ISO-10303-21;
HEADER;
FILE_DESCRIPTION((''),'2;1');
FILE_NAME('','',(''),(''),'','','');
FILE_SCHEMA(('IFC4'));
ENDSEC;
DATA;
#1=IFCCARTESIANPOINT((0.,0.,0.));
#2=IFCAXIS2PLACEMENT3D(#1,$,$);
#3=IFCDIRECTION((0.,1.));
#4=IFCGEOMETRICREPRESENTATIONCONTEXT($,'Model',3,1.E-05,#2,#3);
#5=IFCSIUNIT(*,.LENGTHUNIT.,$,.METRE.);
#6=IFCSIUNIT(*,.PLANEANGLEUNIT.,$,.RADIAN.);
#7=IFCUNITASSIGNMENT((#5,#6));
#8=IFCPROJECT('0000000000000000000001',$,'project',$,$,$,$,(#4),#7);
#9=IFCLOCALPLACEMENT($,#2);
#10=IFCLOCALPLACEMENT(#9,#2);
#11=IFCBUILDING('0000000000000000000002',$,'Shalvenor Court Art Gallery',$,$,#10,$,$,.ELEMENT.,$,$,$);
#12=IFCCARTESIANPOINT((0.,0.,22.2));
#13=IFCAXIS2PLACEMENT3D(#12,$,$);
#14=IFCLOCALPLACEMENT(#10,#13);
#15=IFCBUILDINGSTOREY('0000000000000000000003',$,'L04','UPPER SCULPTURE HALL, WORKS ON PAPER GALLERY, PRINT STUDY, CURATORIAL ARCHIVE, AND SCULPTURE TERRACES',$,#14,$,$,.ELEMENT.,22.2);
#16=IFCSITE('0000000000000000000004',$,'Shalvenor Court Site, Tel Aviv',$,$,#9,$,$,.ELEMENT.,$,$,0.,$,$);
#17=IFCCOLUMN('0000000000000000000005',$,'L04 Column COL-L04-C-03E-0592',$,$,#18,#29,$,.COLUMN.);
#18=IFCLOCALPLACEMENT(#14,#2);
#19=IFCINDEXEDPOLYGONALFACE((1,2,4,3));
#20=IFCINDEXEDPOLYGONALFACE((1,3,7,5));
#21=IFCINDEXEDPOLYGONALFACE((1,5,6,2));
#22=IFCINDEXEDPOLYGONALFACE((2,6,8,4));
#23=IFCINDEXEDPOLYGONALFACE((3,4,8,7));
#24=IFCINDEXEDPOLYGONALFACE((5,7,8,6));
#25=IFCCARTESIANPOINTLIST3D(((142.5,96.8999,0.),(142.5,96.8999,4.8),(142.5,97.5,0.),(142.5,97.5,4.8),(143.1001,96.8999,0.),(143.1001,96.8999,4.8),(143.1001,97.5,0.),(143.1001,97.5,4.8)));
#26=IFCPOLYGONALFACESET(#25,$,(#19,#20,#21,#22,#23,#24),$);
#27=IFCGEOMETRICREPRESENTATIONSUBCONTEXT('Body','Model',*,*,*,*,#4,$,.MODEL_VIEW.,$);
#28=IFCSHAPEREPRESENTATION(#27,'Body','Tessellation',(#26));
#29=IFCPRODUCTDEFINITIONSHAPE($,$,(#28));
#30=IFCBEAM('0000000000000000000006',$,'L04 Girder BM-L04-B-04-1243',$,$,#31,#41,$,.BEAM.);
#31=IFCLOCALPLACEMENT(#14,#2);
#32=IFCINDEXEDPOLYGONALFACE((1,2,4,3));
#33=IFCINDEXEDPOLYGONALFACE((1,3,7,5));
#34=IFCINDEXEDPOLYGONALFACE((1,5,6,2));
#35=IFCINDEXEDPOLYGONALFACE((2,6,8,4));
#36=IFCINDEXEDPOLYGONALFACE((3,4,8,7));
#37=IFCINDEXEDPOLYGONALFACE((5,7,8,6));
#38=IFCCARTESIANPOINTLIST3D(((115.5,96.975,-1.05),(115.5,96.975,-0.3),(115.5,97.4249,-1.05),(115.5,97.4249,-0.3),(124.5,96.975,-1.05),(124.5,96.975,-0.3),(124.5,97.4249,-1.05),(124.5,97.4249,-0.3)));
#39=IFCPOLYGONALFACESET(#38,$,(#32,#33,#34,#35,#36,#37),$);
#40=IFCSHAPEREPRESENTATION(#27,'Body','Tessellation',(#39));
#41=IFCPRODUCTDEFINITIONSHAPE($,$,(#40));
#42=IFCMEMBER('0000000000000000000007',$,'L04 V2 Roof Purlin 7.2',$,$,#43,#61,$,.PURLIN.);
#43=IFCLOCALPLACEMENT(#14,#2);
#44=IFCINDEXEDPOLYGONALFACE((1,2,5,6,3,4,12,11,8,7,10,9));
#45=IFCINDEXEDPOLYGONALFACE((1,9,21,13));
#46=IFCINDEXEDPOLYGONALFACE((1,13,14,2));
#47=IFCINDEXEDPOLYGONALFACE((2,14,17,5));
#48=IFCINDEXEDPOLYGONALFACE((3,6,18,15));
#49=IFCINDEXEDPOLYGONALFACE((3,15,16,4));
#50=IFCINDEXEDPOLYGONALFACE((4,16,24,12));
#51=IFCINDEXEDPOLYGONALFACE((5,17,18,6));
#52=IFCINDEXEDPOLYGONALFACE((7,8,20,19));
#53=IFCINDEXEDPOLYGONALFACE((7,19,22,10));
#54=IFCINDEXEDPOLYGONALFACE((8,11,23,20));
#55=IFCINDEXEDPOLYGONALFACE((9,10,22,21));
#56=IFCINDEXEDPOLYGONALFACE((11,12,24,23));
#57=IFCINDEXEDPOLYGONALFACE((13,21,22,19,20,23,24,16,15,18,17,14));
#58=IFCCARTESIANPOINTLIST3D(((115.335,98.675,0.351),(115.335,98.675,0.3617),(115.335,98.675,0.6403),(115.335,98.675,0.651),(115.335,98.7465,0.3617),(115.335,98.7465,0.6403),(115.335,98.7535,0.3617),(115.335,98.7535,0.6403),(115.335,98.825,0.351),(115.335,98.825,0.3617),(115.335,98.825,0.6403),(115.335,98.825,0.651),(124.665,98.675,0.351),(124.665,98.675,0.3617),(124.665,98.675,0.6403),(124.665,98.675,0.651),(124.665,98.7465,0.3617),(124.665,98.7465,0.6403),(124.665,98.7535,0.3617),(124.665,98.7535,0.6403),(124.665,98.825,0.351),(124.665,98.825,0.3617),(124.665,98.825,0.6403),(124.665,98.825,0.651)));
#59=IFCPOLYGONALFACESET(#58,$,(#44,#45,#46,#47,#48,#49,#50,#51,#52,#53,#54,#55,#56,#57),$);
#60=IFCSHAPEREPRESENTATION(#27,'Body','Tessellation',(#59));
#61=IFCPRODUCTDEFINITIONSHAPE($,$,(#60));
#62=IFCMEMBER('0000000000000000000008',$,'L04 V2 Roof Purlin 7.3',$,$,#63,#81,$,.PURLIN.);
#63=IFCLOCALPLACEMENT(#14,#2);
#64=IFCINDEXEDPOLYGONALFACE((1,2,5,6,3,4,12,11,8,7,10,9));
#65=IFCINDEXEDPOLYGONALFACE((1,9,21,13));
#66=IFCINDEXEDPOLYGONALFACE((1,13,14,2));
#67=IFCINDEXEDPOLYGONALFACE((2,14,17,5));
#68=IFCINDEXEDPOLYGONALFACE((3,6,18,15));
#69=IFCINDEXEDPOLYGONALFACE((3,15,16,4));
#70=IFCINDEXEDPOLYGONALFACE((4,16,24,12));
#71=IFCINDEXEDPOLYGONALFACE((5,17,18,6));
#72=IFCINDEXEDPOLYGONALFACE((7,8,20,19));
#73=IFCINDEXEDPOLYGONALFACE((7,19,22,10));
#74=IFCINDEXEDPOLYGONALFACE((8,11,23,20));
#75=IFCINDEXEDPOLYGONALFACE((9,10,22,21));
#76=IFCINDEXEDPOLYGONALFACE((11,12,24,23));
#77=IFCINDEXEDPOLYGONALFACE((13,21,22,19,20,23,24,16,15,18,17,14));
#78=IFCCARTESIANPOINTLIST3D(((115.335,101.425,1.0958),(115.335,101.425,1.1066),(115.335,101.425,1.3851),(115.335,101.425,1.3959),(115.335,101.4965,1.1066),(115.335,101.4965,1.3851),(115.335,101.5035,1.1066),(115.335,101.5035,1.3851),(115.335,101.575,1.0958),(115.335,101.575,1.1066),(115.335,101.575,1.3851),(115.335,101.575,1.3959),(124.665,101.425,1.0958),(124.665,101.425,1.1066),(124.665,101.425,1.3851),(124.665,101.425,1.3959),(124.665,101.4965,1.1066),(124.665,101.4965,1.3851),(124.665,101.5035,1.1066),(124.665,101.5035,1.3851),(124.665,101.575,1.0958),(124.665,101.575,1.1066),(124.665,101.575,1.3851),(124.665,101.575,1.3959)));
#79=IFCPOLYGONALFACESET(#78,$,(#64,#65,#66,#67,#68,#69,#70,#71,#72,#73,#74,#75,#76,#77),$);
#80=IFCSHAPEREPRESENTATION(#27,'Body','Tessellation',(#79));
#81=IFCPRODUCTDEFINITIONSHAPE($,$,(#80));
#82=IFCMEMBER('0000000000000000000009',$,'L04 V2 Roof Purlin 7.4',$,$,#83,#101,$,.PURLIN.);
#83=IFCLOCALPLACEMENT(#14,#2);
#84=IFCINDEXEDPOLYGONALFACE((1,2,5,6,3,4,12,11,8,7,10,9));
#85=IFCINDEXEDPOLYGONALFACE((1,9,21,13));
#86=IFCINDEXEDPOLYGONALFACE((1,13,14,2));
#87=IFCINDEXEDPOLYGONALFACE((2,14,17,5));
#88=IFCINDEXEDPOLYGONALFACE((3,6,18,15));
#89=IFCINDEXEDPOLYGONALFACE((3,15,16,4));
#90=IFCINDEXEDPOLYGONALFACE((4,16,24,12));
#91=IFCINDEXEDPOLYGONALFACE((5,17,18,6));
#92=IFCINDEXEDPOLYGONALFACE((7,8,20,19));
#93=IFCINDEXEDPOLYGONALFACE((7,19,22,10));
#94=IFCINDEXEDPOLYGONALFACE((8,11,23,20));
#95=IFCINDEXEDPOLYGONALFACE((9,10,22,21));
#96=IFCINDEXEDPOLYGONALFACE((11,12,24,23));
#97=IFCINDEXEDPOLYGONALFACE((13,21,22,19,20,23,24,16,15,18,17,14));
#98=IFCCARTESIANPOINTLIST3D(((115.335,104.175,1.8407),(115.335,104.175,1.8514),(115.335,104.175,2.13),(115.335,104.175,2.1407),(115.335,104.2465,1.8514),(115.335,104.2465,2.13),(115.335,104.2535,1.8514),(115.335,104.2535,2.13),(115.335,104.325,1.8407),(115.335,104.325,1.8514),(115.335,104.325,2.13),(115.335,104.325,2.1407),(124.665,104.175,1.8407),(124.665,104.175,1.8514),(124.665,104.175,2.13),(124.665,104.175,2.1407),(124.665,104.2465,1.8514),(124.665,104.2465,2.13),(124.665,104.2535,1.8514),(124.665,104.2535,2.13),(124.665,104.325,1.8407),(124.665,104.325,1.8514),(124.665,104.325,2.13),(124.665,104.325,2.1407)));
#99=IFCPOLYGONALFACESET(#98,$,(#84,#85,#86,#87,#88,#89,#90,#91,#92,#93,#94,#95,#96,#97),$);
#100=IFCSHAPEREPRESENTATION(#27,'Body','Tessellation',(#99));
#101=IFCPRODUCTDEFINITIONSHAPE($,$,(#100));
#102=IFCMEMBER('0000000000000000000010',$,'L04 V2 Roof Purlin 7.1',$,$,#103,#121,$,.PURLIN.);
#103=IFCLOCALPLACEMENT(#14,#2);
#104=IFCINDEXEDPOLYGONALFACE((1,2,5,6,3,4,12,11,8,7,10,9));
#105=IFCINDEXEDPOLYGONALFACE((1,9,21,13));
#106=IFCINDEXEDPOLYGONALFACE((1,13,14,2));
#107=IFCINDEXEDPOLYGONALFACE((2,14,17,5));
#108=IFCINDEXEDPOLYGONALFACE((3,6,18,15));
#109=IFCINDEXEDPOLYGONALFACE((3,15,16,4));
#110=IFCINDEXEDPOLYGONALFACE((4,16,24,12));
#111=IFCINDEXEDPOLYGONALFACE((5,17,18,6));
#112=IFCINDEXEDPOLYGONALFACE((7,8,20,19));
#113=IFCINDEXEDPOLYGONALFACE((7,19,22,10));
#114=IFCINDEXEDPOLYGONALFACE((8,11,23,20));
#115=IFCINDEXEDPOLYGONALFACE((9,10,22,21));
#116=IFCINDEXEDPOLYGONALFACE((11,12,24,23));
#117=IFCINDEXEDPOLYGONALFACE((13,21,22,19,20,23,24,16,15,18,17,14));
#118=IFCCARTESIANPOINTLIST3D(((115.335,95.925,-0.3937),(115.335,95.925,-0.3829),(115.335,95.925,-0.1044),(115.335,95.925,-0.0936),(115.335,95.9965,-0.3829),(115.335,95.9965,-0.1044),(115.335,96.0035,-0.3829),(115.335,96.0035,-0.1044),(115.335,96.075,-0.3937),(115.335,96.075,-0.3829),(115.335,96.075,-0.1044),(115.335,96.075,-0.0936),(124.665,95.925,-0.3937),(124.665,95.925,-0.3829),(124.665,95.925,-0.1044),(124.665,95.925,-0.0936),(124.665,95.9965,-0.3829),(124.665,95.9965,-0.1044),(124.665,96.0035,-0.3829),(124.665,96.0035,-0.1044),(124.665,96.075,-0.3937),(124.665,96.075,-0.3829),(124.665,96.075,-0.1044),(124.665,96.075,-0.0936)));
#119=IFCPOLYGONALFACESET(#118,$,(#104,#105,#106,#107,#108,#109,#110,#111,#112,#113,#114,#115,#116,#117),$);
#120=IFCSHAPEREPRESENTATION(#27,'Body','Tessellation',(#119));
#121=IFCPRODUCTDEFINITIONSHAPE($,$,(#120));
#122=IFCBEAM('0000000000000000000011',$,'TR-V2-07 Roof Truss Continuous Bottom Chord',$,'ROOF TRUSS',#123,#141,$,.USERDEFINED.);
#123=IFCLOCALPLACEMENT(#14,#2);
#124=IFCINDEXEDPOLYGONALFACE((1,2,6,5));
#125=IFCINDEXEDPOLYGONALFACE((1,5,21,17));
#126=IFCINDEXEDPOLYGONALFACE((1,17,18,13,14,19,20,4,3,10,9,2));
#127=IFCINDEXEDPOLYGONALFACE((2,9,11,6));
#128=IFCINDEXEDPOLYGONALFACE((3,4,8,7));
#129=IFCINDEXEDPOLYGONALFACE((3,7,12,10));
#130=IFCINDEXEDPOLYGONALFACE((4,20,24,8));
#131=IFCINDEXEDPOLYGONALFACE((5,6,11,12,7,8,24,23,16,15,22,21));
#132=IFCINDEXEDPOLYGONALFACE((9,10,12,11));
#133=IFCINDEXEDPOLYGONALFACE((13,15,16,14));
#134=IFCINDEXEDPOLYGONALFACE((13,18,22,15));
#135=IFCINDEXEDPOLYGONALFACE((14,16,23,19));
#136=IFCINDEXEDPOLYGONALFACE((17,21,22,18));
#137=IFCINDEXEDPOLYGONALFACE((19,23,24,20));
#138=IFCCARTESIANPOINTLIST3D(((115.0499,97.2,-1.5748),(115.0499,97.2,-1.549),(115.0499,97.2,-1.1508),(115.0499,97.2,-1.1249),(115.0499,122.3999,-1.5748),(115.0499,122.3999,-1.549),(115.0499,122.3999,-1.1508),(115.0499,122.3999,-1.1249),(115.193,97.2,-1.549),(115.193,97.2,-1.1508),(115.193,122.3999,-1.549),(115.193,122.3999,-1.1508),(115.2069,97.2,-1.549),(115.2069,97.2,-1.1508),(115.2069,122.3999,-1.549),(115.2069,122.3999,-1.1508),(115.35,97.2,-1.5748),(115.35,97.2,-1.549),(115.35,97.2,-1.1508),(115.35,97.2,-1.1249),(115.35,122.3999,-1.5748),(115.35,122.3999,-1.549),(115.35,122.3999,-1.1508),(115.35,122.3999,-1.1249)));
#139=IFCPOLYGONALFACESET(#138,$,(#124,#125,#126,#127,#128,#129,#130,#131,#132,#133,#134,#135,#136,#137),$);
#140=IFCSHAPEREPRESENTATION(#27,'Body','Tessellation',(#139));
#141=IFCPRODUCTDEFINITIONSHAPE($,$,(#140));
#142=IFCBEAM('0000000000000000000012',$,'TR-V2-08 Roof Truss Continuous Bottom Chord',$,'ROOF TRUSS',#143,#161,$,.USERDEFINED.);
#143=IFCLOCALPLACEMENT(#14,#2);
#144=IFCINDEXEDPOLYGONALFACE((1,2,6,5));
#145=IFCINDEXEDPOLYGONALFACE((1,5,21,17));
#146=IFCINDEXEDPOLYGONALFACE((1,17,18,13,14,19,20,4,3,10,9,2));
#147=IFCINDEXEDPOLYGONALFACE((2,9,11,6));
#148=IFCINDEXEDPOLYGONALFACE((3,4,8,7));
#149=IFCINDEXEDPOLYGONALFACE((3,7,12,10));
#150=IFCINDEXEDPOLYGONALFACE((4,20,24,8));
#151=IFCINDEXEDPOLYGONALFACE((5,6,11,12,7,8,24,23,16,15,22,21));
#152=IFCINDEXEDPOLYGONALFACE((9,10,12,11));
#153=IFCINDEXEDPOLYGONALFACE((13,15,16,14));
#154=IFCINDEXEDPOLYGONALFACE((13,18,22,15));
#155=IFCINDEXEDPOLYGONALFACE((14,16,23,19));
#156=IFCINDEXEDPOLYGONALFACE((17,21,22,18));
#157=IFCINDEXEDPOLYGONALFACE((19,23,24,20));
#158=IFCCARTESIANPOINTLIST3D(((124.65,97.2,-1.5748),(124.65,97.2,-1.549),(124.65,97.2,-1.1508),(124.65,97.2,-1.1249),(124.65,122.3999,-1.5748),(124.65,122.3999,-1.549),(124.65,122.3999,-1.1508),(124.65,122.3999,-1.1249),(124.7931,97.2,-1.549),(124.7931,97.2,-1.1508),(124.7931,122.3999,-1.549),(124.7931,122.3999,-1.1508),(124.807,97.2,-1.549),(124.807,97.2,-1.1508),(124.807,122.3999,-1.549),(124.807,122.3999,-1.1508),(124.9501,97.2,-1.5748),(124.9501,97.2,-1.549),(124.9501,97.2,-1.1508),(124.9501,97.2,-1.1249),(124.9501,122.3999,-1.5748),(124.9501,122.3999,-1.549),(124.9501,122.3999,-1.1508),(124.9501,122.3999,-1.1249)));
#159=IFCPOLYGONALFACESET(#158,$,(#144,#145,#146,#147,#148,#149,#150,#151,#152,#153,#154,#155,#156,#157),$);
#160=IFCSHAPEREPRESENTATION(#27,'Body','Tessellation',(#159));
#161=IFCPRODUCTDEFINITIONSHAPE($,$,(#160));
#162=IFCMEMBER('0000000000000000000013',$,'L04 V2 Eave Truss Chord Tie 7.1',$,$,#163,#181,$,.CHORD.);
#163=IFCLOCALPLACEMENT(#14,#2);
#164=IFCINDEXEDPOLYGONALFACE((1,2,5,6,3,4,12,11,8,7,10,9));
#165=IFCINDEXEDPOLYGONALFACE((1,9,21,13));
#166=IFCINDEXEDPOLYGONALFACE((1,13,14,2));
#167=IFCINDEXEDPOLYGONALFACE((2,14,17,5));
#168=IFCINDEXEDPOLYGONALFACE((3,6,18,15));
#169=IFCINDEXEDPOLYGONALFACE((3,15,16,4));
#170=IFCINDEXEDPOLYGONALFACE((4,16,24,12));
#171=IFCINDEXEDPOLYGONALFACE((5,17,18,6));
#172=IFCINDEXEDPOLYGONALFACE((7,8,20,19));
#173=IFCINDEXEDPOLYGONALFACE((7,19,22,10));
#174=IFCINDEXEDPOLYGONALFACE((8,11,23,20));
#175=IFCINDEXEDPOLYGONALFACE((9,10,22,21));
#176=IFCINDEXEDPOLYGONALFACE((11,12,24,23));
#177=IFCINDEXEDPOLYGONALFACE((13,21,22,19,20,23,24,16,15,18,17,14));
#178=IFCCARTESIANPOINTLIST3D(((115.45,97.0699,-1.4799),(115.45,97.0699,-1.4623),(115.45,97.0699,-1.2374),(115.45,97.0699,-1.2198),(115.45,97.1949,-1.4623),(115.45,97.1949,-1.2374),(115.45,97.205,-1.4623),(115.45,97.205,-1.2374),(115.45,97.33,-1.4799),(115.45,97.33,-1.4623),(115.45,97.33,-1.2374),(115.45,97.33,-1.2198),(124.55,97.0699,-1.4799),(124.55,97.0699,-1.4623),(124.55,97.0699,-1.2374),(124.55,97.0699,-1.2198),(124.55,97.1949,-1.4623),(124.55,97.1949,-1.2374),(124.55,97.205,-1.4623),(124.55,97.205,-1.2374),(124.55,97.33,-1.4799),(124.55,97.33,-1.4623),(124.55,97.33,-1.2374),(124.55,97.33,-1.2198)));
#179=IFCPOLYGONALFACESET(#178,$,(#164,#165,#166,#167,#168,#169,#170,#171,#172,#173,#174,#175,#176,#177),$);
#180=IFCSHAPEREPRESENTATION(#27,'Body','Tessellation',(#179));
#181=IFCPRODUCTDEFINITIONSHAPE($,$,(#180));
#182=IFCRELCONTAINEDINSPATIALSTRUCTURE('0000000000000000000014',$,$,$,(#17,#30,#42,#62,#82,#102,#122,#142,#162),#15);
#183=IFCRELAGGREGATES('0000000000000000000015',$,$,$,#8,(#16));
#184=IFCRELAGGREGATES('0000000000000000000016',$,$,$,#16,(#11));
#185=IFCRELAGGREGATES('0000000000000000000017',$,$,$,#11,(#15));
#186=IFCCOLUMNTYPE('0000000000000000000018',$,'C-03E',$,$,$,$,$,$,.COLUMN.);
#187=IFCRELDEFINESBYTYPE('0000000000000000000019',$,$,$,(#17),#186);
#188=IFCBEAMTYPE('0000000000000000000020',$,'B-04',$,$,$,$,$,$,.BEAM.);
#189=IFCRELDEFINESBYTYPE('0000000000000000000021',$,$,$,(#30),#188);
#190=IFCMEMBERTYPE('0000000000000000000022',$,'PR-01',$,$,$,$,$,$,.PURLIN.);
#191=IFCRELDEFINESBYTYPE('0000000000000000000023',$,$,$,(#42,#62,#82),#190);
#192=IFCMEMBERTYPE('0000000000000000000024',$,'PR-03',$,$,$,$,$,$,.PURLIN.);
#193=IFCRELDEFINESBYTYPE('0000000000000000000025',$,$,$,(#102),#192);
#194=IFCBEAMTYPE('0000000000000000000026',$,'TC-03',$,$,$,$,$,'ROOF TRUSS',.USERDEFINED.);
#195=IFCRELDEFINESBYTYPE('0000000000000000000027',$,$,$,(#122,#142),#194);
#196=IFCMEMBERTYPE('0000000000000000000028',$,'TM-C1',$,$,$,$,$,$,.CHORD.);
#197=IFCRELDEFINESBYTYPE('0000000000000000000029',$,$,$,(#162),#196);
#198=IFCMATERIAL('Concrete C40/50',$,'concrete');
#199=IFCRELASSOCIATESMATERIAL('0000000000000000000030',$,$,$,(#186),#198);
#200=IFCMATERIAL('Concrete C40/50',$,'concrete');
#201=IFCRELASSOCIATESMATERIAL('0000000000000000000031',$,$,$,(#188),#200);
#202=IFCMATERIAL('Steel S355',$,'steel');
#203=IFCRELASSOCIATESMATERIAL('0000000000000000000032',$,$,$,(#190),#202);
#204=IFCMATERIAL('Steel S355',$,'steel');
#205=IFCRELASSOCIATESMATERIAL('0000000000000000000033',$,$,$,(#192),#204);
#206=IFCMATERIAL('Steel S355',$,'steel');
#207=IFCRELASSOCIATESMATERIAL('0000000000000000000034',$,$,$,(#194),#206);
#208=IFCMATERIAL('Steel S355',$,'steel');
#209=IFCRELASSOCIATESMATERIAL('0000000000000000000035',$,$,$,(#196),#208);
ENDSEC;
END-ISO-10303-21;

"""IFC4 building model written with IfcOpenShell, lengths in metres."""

from ifc_helpers import new_model, si_unit, direction, frame, origin, origin_2d, place, context, subcontext, project, spatial, rectangle, i_section, extrude, material, material_profile, profile_set, type_object, element, save


model = new_model("IFC4")

# Units and contexts
model_context = context("Model", 3, precision=1e-05, world=origin(), true_north=direction((0.0, 1.0)))
body_context = subcontext(model_context, "Body", "Model", "MODEL_VIEW")
ifc_project = project(units=[si_unit("LENGTHUNIT", "METRE"), si_unit("PLANEANGLEUNIT", "RADIAN")], contexts=[model_context])

# Site, building, storey
site_placement = place(None, origin())
site = spatial("IfcSite", under=ifc_project, at=site_placement, Name="Shalvenor Court Site, Tel Aviv", CompositionType="ELEMENT", RefElevation=0.0)
building_placement = place(site_placement, origin())
building = spatial("IfcBuilding", under=site, at=building_placement, Name="Shalvenor Court Art Gallery", CompositionType="ELEMENT")
storey_placement = place(building_placement, frame((0.0, 0.0, 22.2)))
storey = spatial("IfcBuildingStorey", under=building, at=storey_placement, Name="L04", Description="UPPER SCULPTURE HALL, WORKS ON PAPER GALLERY, PRINT STUDY, CURATORIAL ARCHIVE, AND SCULPTURE TERRACES", CompositionType="ELEMENT", Elevation=22.2)

# Column
ifc_material_1 = material(Name="Concrete C40/50", Category="concrete")
ifc_material_profile_1 = material_profile(ifc_material_1, rectangle(XDim=0.6001, YDim=0.6001, at=origin_2d()), Name="RC 600x600")
ifc_profile_set_1 = profile_set([ifc_material_profile_1], Name="Concrete C40/50")
column_type = type_object("IfcColumnType", Name="C-03E", PredefinedType="COLUMN", material=ifc_profile_set_1)
column_placement = place(storey_placement, frame((142.8, 97.2, 0.0), z_axis=(0.0, 0.0, 1.0), x_axis=(1.0, 0.0, 0.0)))
element("IfcColumn", 1, at=column_placement, inside=storey, type_object=column_type, Name="L04 Column COL-L04-C-03E-0592", PredefinedType="COLUMN", context=body_context, shape_type="SweptSolid", body=[
    extrude(rectangle(XDim=0.6001, YDim=0.6001, at=origin_2d()), origin(), (0.0, 0.0, 1.0), 4.8),
])

# Beam
ifc_material_2 = material(Name="Concrete C40/50", Category="concrete")
ifc_material_profile_2 = material_profile(ifc_material_2, rectangle(XDim=0.45, YDim=0.75, at=origin_2d()), Name="RC 450x750")
ifc_profile_set_2 = profile_set([ifc_material_profile_2], Name="Concrete C40/50")
beam_type_1 = type_object("IfcBeamType", Name="B-04", PredefinedType="BEAM", material=ifc_profile_set_2)
beam_placement = place(storey_placement, frame((115.5, 97.2, -0.675), z_axis=(1.0, 0.0, 0.0), x_axis=(0.0, 1.0, 0.0)))
element("IfcBeam", 2, at=beam_placement, inside=storey, type_object=beam_type_1, Name="L04 Girder BM-L04-B-04-1243", PredefinedType="BEAM", context=body_context, shape_type="SweptSolid", body=[
    extrude(rectangle(XDim=0.45, YDim=0.75, at=origin_2d()), origin(), (0.0, 0.0, 1.0), 9.0),
])

# Members
ifc_material_3 = material(Name="Steel S355", Category="steel")
ifc_material_profile_3 = material_profile(ifc_material_3, i_section(OverallWidth=0.1499, OverallDepth=0.3, WebThickness=0.0071, FlangeThickness=0.0107, at=origin_2d()), Name="IPE 300")
ifc_profile_set_3 = profile_set([ifc_material_profile_3], Name="Steel S355")
member_type_1 = type_object("IfcMemberType", Name="PR-01", PredefinedType="PURLIN", material=ifc_profile_set_3)
for number, where, z_axis, x_axis, name in (
    (3, (115.335, 98.75, 0.501), (1.0, 0.0, 0.0), (0.0, 1.0, 0.0), "L04 V2 Roof Purlin 7.2"),
    (4, (115.335, 101.5, 1.2458), (1.0, 0.0, 0.0), (0.0, 1.0, 0.0), "L04 V2 Roof Purlin 7.3"),
    (5, (115.335, 104.25, 1.9907), (1.0, 0.0, 0.0), (0.0, 1.0, 0.0), "L04 V2 Roof Purlin 7.4"),
):
    element("IfcMember", number, at=place(storey_placement, frame(where, z_axis=z_axis, x_axis=x_axis)), inside=storey, type_object=member_type_1, Name=name, PredefinedType="PURLIN", context=body_context, shape_type="SweptSolid", body=[
        extrude(i_section(OverallWidth=0.1499, OverallDepth=0.3, WebThickness=0.0071, FlangeThickness=0.0107, at=origin_2d()), origin(), (0.0, 0.0, 1.0), 9.3301),
    ])
ifc_material_4 = material(Name="Steel S355", Category="steel")
ifc_material_profile_4 = material_profile(ifc_material_4, i_section(OverallWidth=0.1499, OverallDepth=0.3, WebThickness=0.0071, FlangeThickness=0.0107, at=origin_2d()), Name="IPE 300")
ifc_profile_set_4 = profile_set([ifc_material_profile_4], Name="Steel S355")
member_type_2 = type_object("IfcMemberType", Name="PR-03", PredefinedType="PURLIN", material=ifc_profile_set_4)
member_1_placement = place(storey_placement, frame((115.335, 96.0, -0.2437), z_axis=(1.0, 0.0, 0.0), x_axis=(0.0, 1.0, 0.0)))
element("IfcMember", 6, at=member_1_placement, inside=storey, type_object=member_type_2, Name="L04 V2 Roof Purlin 7.1", PredefinedType="PURLIN", context=body_context, shape_type="SweptSolid", body=[
    extrude(i_section(OverallWidth=0.1499, OverallDepth=0.3, WebThickness=0.0071, FlangeThickness=0.0107, at=origin_2d()), origin(), (0.0, 0.0, 1.0), 9.3301),
])

# Beams
ifc_material_5 = material(Name="Steel S355", Category="steel")
ifc_material_profile_5 = material_profile(ifc_material_5, i_section(OverallWidth=0.3, OverallDepth=0.45, WebThickness=0.0139, FlangeThickness=0.0259, at=origin_2d()), Name="HEB 450")
ifc_profile_set_5 = profile_set([ifc_material_profile_5], Name="Steel S355")
beam_type_2 = type_object("IfcBeamType", Name="TC-03", ElementType="ROOF TRUSS", PredefinedType="USERDEFINED", material=ifc_profile_set_5)
for number, where, z_axis, x_axis, name in (
    (7, (115.2, 97.2, -1.3499), (0.0, 1.0, 0.0), (-1.0, 0.0, 0.0), "TR-V2-07 Roof Truss Continuous Bottom Chord"),
    (8, (124.8, 97.2, -1.3499), (0.0, 1.0, 0.0), (-1.0, 0.0, 0.0), "TR-V2-08 Roof Truss Continuous Bottom Chord"),
):
    element("IfcBeam", number, at=place(storey_placement, frame(where, z_axis=z_axis, x_axis=x_axis)), inside=storey, type_object=beam_type_2, Name=name, ObjectType="ROOF TRUSS", PredefinedType="USERDEFINED", context=body_context, shape_type="SweptSolid", body=[
        extrude(i_section(OverallWidth=0.3, OverallDepth=0.45, WebThickness=0.0139, FlangeThickness=0.0259, at=origin_2d()), origin(), (0.0, 0.0, 1.0), 25.2),
    ])

# Member
ifc_material_6 = material(Name="Steel S355", Category="steel")
ifc_material_profile_6 = material_profile(ifc_material_6, i_section(OverallWidth=0.26, OverallDepth=0.26, WebThickness=0.01, FlangeThickness=0.0176, at=origin_2d()), Name="HEB 260")
ifc_profile_set_6 = profile_set([ifc_material_profile_6], Name="Steel S355")
member_type_3 = type_object("IfcMemberType", Name="TM-C1", PredefinedType="CHORD", material=ifc_profile_set_6)
member_2_placement = place(storey_placement, frame((115.45, 97.2, -1.3499), z_axis=(1.0, 0.0, 0.0), x_axis=(0.0, 1.0, 0.0)))
element("IfcMember", 9, at=member_2_placement, inside=storey, type_object=member_type_3, Name="L04 V2 Eave Truss Chord Tie 7.1", PredefinedType="CHORD", context=body_context, shape_type="SweptSolid", body=[
    extrude(i_section(OverallWidth=0.26, OverallDepth=0.26, WebThickness=0.01, FlangeThickness=0.0176, at=origin_2d()), origin(), (0.0, 0.0, 1.0), 9.1001),
])

save(model, "model.ifc")
